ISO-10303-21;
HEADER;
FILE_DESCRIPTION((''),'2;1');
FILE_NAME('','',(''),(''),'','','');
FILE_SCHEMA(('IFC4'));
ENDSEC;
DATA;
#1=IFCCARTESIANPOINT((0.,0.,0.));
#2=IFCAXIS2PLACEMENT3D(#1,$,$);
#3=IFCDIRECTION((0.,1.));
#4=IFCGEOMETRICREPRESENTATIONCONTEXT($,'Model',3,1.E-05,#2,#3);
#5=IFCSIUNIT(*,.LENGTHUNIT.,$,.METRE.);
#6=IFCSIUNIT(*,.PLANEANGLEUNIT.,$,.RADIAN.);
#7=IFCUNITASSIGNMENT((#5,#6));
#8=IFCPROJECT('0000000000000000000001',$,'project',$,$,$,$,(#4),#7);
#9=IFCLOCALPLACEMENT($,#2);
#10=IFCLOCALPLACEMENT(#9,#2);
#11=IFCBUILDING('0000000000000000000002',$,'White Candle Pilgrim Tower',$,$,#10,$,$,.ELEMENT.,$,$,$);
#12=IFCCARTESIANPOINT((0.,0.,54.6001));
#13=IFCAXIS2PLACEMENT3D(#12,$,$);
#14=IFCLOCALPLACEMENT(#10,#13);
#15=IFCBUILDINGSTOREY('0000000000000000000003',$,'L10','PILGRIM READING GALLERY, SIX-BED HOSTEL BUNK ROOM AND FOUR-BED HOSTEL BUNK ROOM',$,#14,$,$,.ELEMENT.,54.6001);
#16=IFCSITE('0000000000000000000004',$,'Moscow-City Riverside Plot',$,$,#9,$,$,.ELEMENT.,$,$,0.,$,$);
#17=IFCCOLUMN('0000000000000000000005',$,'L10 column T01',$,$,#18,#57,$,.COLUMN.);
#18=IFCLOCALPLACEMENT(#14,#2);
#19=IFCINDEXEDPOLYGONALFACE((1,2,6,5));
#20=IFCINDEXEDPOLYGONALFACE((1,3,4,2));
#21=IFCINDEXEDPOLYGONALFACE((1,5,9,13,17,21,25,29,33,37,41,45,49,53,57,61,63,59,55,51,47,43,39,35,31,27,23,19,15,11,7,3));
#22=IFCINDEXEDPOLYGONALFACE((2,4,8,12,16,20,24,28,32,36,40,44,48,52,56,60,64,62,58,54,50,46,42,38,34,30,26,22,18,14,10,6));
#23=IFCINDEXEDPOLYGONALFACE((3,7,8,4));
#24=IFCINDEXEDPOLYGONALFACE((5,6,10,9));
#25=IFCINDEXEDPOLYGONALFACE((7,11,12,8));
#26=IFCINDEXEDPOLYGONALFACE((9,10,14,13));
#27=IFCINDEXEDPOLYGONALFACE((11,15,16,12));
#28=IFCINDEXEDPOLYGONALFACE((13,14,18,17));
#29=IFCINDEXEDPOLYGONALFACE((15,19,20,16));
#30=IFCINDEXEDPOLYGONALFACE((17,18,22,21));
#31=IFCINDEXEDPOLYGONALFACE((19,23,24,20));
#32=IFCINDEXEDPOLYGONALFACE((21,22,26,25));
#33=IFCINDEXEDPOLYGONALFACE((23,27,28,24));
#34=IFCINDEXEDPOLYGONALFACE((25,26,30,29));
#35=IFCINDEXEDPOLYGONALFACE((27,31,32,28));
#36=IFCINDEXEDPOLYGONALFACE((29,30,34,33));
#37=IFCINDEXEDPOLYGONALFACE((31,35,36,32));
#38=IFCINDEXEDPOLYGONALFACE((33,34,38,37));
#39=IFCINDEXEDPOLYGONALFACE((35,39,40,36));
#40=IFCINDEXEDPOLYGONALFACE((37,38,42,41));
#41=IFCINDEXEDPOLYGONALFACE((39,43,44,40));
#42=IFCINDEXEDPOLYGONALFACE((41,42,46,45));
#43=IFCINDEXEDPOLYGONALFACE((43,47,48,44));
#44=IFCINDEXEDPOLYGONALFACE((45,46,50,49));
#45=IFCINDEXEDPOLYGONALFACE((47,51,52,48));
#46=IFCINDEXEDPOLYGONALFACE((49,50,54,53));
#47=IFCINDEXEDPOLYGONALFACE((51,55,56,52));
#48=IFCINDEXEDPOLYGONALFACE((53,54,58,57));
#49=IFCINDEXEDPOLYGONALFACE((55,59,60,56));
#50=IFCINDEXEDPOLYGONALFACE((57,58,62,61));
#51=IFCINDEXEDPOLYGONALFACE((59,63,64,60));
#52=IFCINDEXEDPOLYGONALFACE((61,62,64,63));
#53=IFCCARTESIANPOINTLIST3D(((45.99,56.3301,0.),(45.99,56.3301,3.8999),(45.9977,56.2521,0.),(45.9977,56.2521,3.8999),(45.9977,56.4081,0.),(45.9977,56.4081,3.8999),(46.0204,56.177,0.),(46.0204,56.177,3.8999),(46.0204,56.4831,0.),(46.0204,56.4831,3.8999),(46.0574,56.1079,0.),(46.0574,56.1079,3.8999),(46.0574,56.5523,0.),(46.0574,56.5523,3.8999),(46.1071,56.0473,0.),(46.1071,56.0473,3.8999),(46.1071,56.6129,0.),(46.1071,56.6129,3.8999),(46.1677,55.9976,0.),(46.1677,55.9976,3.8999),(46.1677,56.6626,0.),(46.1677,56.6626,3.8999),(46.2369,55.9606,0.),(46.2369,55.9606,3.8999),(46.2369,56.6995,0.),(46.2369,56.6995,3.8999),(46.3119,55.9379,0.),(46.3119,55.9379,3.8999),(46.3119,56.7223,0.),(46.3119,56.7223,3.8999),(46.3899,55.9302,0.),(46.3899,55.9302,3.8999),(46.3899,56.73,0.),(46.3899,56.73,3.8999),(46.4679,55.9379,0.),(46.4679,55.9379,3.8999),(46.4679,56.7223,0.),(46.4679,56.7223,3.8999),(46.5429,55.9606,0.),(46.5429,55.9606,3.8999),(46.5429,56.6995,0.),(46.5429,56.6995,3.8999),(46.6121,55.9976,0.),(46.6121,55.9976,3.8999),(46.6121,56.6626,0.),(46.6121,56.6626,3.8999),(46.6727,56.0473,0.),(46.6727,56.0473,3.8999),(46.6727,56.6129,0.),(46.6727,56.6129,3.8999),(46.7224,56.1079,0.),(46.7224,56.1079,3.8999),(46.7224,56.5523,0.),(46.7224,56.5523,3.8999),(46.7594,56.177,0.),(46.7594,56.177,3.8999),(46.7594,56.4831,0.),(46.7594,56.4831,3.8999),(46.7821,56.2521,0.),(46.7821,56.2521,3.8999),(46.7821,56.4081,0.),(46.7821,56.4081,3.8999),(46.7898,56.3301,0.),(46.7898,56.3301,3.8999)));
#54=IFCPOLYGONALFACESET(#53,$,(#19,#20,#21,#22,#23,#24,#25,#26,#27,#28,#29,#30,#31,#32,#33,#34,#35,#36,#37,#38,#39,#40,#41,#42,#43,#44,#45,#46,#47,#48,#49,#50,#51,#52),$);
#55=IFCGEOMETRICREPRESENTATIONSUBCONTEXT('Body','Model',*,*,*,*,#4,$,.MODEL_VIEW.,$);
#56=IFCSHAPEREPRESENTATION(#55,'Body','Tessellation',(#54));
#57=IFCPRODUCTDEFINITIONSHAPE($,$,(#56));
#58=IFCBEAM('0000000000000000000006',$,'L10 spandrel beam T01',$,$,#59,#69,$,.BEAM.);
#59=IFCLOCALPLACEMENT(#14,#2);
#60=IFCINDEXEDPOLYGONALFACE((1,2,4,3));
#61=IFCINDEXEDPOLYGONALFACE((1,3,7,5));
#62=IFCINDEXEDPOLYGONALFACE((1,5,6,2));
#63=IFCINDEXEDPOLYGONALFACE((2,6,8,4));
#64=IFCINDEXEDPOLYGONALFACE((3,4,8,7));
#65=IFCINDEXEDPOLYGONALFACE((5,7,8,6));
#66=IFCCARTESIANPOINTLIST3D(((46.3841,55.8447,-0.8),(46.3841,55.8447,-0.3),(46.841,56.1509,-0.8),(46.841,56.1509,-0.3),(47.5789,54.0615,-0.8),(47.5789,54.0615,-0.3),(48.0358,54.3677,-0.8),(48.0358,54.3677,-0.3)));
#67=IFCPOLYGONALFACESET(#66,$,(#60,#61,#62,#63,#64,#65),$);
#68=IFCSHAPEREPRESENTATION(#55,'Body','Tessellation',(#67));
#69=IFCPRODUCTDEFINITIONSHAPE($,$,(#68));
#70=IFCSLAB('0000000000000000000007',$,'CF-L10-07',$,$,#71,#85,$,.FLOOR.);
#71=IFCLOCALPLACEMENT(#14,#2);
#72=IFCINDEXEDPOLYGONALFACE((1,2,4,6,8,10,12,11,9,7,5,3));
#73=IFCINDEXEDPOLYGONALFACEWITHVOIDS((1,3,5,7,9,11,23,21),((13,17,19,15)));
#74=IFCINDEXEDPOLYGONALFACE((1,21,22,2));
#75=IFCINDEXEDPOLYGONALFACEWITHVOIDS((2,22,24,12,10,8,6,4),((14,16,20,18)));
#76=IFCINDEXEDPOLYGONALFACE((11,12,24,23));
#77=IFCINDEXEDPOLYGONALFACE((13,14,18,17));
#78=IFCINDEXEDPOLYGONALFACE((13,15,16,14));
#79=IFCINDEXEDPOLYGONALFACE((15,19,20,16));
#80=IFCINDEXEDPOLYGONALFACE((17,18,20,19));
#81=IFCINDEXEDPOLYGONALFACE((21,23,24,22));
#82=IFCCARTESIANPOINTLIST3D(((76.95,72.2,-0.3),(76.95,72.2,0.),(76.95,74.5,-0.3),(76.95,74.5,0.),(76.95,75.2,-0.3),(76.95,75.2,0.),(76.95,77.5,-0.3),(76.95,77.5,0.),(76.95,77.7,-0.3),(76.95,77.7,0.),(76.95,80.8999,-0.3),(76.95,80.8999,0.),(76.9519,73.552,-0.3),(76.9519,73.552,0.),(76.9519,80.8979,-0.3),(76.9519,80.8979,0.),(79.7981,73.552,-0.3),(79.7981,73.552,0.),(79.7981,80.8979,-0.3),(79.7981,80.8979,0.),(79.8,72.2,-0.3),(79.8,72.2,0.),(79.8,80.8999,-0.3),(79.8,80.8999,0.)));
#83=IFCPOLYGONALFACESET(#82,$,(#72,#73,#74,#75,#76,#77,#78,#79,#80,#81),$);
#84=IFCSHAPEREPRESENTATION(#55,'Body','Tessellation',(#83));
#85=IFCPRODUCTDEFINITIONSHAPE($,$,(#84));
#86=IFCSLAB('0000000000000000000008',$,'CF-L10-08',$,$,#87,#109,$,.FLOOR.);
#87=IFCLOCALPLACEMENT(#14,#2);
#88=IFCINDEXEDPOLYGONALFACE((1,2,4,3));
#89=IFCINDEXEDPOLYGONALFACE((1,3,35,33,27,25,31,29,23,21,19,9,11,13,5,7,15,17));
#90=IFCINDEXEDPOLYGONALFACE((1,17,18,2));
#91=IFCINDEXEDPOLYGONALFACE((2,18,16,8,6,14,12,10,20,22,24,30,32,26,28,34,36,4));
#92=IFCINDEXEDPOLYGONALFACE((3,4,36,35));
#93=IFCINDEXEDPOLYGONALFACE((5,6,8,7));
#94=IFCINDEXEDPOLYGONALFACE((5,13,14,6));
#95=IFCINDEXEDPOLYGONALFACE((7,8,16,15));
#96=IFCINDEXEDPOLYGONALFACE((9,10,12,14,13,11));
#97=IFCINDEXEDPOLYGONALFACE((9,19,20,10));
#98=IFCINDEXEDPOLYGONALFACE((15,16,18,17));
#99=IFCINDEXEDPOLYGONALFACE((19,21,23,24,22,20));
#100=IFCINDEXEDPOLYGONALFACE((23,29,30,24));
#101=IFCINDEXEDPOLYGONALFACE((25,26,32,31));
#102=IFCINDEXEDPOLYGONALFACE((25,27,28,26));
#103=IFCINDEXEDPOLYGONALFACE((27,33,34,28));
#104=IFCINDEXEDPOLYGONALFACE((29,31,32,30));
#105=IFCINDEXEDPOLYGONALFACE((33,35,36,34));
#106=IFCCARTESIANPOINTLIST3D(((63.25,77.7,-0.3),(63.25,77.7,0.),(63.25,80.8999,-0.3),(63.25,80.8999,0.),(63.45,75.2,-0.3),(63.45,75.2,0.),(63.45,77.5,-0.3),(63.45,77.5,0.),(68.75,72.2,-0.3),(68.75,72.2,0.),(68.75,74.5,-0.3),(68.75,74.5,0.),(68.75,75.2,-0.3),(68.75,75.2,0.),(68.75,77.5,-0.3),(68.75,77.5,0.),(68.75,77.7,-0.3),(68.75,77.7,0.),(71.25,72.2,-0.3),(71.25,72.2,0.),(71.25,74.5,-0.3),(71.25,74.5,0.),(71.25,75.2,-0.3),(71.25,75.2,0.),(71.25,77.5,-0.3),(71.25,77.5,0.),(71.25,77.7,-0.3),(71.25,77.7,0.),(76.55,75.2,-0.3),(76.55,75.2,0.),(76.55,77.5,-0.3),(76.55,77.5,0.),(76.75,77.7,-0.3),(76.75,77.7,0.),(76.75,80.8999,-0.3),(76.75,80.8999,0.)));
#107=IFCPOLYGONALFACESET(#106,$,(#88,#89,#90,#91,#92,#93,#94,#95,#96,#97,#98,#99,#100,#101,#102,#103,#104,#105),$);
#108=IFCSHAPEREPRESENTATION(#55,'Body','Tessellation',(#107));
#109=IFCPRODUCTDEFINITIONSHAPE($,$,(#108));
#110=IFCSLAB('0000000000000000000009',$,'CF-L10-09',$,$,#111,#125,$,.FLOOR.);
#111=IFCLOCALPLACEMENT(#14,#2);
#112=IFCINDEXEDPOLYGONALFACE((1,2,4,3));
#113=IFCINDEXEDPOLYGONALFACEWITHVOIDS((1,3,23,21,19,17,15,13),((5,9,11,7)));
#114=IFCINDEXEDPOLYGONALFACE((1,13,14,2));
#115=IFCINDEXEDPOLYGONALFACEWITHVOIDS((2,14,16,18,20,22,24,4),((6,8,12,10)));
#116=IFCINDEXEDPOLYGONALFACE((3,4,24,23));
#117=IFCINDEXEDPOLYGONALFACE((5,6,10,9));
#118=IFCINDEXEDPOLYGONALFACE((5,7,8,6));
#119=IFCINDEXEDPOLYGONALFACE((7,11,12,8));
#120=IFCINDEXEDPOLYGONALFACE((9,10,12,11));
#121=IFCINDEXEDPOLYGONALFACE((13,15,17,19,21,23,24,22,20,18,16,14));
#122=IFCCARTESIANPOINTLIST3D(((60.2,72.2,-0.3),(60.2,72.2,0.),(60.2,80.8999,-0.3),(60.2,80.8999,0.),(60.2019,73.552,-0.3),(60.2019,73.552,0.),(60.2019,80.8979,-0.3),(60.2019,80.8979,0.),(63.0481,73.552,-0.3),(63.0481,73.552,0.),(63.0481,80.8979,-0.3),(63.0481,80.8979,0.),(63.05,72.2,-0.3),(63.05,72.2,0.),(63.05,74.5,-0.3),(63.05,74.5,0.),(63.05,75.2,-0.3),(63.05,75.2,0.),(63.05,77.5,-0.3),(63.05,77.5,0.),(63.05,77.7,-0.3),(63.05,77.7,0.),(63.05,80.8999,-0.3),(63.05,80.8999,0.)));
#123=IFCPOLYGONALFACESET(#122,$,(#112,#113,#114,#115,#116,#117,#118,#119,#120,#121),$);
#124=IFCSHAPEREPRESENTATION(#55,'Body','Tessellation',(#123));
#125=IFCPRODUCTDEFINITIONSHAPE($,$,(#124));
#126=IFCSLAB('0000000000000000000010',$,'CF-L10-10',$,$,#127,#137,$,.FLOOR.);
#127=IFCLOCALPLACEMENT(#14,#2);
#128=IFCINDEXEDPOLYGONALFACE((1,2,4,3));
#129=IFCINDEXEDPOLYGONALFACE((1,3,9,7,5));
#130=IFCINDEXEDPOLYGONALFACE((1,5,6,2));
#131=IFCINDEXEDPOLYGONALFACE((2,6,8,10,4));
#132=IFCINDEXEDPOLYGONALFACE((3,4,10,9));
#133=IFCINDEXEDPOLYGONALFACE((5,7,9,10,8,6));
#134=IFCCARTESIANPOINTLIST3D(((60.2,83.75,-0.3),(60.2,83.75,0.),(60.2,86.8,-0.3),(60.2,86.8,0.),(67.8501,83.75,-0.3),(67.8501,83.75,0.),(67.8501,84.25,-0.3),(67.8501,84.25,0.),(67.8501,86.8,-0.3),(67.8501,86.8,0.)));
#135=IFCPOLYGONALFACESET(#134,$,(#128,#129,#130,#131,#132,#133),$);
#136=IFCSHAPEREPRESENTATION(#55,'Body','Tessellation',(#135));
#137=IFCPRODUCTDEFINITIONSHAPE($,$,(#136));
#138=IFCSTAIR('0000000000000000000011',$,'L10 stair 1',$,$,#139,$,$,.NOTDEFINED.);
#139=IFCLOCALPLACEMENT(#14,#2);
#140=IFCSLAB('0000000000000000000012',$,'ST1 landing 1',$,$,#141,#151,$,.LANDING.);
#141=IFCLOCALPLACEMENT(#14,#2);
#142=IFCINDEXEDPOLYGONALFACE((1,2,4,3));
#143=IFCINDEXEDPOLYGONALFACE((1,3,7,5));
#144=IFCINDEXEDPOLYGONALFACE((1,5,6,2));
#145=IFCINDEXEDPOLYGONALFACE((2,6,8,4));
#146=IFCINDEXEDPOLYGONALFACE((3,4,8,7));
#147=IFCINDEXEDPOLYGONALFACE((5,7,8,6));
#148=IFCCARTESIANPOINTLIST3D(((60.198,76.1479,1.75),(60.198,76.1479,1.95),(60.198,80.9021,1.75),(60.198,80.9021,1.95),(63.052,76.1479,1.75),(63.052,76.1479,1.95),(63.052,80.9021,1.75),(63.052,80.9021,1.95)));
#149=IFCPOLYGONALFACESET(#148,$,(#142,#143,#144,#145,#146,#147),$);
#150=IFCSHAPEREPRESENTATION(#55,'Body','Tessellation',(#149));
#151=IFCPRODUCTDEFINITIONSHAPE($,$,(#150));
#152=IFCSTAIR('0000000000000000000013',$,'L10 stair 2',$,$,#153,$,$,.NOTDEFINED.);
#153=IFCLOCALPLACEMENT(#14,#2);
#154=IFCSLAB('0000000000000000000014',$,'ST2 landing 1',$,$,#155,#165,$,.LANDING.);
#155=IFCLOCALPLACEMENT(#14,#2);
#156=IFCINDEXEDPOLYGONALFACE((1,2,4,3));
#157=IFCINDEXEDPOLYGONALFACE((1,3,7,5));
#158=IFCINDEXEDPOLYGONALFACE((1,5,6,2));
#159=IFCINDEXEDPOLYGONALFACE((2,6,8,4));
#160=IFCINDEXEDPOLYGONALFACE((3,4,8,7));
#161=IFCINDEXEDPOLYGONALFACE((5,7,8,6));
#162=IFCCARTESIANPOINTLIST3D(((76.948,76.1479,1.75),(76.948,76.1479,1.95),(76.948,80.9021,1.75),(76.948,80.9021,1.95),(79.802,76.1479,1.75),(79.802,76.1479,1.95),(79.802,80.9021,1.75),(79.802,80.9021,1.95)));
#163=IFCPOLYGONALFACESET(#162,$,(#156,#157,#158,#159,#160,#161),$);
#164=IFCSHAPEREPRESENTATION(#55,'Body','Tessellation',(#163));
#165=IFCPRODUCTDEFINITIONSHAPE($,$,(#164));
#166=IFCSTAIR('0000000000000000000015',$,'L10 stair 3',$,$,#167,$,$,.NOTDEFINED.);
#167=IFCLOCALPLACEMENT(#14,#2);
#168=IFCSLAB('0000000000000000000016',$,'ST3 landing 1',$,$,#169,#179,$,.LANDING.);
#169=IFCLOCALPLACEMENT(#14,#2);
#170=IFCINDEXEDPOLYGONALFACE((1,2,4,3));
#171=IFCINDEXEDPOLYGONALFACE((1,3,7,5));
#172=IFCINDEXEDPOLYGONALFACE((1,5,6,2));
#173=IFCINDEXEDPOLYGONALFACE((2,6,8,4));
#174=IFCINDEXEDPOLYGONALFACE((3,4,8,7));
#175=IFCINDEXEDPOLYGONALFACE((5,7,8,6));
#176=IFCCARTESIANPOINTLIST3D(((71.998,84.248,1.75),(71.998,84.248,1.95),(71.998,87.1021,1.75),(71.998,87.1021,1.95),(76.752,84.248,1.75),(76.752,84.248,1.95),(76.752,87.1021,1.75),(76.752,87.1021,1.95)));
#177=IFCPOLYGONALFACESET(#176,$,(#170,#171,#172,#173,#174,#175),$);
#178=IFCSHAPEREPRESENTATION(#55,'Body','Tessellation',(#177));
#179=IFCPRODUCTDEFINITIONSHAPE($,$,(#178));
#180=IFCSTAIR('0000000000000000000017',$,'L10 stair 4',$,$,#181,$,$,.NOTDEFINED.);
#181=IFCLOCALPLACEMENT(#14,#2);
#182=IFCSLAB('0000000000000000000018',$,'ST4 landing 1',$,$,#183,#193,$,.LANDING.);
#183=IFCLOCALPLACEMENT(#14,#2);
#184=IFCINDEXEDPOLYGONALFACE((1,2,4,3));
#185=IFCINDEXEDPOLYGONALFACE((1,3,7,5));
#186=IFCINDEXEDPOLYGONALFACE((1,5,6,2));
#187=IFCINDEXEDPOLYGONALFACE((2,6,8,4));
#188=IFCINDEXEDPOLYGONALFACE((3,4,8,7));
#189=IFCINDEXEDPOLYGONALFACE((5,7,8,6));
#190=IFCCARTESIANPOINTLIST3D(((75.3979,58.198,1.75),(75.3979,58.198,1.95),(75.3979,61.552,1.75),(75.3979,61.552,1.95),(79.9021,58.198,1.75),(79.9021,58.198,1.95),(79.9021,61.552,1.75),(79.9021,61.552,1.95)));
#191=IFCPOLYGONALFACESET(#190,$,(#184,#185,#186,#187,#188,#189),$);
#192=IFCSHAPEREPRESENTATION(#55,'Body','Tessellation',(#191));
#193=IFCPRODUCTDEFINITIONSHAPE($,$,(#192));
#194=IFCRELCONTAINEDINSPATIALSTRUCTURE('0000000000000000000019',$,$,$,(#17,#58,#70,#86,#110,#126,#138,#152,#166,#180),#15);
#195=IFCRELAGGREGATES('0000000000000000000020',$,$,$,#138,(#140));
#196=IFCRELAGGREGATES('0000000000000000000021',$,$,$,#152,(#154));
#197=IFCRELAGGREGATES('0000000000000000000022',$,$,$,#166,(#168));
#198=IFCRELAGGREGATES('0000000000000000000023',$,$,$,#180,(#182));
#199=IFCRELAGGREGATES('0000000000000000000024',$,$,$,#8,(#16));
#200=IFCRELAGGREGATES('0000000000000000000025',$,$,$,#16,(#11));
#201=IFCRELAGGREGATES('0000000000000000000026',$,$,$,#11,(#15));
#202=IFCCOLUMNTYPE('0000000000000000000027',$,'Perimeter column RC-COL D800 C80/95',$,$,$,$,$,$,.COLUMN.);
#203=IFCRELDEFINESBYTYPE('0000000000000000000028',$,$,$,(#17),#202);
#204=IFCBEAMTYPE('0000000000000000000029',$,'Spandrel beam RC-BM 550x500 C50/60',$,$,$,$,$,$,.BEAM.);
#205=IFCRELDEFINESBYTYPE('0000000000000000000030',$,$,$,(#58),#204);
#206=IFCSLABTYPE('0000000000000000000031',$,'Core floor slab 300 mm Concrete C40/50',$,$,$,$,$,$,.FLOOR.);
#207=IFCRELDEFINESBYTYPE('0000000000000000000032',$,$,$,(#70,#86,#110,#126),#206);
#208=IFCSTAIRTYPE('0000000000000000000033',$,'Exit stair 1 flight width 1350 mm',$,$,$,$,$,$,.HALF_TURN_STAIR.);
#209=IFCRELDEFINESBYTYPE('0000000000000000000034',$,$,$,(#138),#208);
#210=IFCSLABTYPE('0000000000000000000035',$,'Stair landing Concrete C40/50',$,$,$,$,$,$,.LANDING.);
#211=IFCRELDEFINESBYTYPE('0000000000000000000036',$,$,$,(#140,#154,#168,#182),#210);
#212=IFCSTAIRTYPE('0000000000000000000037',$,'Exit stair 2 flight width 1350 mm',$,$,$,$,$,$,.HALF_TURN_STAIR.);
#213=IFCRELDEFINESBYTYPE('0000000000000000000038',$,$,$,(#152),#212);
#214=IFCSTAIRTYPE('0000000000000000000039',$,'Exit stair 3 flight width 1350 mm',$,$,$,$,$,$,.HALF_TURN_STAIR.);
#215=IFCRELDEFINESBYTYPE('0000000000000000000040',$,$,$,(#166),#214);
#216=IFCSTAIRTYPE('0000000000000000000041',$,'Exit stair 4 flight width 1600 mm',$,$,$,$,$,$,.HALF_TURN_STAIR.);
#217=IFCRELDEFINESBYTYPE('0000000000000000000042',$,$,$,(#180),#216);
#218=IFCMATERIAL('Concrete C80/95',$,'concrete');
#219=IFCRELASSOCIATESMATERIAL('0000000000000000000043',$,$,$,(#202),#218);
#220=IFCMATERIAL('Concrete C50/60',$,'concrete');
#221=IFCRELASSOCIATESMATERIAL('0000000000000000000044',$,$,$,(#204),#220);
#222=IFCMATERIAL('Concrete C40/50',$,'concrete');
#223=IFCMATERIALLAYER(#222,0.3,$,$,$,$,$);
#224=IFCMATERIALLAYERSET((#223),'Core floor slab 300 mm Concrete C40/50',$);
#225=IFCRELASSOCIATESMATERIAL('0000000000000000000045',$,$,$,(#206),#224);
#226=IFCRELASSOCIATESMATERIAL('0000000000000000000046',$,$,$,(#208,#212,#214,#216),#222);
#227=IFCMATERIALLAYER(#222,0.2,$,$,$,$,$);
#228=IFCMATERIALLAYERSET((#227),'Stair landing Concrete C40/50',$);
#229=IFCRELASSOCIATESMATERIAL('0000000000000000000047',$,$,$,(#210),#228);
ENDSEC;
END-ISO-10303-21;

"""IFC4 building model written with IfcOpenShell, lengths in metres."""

from ifc_helpers import new_model, si_unit, direction, frame, origin, origin_2d, place, context, subcontext, project, spatial, polyline, rectangle, circle, outline, extrude, material, layer, layer_set, material_profile, profile_set, type_object, element, aggregate, save


model = new_model("IFC4")

# Units and contexts
model_context = context("Model", 3, precision=1e-05, world=origin(), true_north=direction((0.0, 1.0)))
body_context = subcontext(model_context, "Body", "Model", "MODEL_VIEW")
ifc_project = project(units=[si_unit("LENGTHUNIT", "METRE"), si_unit("PLANEANGLEUNIT", "RADIAN")], contexts=[model_context])

# Site, building, storey
site_placement = place(None, origin())
site = spatial("IfcSite", under=ifc_project, at=site_placement, Name="Moscow-City Riverside Plot", CompositionType="ELEMENT", RefElevation=0.0)
building_placement = place(site_placement, origin())
building = spatial("IfcBuilding", under=site, at=building_placement, Name="White Candle Pilgrim Tower", CompositionType="ELEMENT")
storey_placement = place(building_placement, frame((0.0, 0.0, 54.6001)))
storey = spatial("IfcBuildingStorey", under=building, at=storey_placement, Name="L10", Description="PILGRIM READING GALLERY, SIX-BED HOSTEL BUNK ROOM AND FOUR-BED HOSTEL BUNK ROOM", CompositionType="ELEMENT", Elevation=54.6001)

# Column
ifc_material_1 = material(Name="Concrete C80/95", Category="concrete")
ifc_material_profile_1 = material_profile(ifc_material_1, circle(Radius=0.3999, at=origin_2d()), Name="RC-COL D800")
ifc_profile_set_1 = profile_set([ifc_material_profile_1], Name="Concrete C80/95")
column_type = type_object("IfcColumnType", Name="Perimeter column RC-COL D800 C80/95", PredefinedType="COLUMN", material=ifc_profile_set_1)
column_placement = place(storey_placement, frame((46.3899, 56.3301, 0.0), z_axis=(0.0, 0.0, 1.0), x_axis=(1.0, 0.0, 0.0)))
element("IfcColumn", 1, at=column_placement, inside=storey, type_object=column_type, Name="L10 column T01", PredefinedType="COLUMN", context=body_context, shape_type="SweptSolid", body=[
    extrude(circle(Radius=0.3999, at=origin_2d()), origin(), (0.0, 0.0, 1.0), 3.8999),
])

# Beam
ifc_material_2 = material(Name="Concrete C50/60", Category="concrete")
ifc_material_profile_2 = material_profile(ifc_material_2, rectangle(XDim=0.55, YDim=0.5, at=origin_2d()), Name="RC-BM 550x500")
ifc_profile_set_2 = profile_set([ifc_material_profile_2], Name="Concrete C50/60")
beam_type = type_object("IfcBeamType", Name="Spandrel beam RC-BM 550x500 C50/60", PredefinedType="BEAM", material=ifc_profile_set_2)
beam_placement = place(storey_placement, frame((46.6125, 55.9978, -0.55), z_axis=(0.556641, -0.830753, 0.0), x_axis=(0.830753, 0.556641, 0.0)))
element("IfcBeam", 2, at=beam_placement, inside=storey, type_object=beam_type, Name="L10 spandrel beam T01", PredefinedType="BEAM", context=body_context, shape_type="SweptSolid", body=[
    extrude(rectangle(XDim=0.55, YDim=0.5, at=origin_2d()), origin(), (0.0, 0.0, 1.0), 2.1465),
])

# Slabs
ifc_material_3 = material(Name="Concrete C40/50", Category="concrete")
ifc_layer_1 = layer(ifc_material_3, 0.3)
ifc_layer_set_1 = layer_set([ifc_layer_1], Name="Core floor slab 300 mm Concrete C40/50")
slab_type_1 = type_object("IfcSlabType", Name="Core floor slab 300 mm Concrete C40/50", PredefinedType="FLOOR", material=ifc_layer_set_1)
slab_1_placement = place(storey_placement, frame((0.0, 0.0, -0.3)))
element("IfcSlab", 3, at=slab_1_placement, inside=storey, type_object=slab_type_1, Name="CF-L10-07", PredefinedType="FLOOR", context=body_context, shape_type="SweptSolid", body=[
    extrude(outline(polyline([(79.8, 72.2), (76.95, 72.2), (76.95, 74.5), (76.95, 75.2), (76.95, 77.5), (76.95, 77.7), (76.95, 80.8999), (79.8, 80.8999), (79.8, 72.2)]), holes=[polyline([(76.9519, 73.552), (79.7981, 73.552), (79.7981, 80.8979), (76.9519, 80.8979), (76.9519, 73.552)])]), origin(), (0.0, 0.0, 1.0), 0.3),
])
slab_2_placement = place(storey_placement, frame((0.0, 0.0, -0.3)))
element("IfcSlab", 4, at=slab_2_placement, inside=storey, type_object=slab_type_1, Name="CF-L10-08", PredefinedType="FLOOR", context=body_context, shape_type="SweptSolid", body=[
    extrude(outline(polyline([(68.75, 72.2), (68.75, 74.5), (68.75, 75.2), (63.45, 75.2), (63.45, 77.5), (68.75, 77.5), (68.75, 77.7), (63.25, 77.7), (63.25, 80.8999), (76.75, 80.8999), (76.75, 77.7), (71.25, 77.7), (71.25, 77.5), (76.55, 77.5), (76.55, 75.2), (71.25, 75.2), (71.25, 74.5), (71.25, 72.2), (68.75, 72.2)])), origin(), (0.0, 0.0, 1.0), 0.3),
])
slab_3_placement = place(storey_placement, frame((0.0, 0.0, -0.3)))
element("IfcSlab", 5, at=slab_3_placement, inside=storey, type_object=slab_type_1, Name="CF-L10-09", PredefinedType="FLOOR", context=body_context, shape_type="SweptSolid", body=[
    extrude(outline(polyline([(60.2, 72.2), (60.2, 80.8999), (63.05, 80.8999), (63.05, 77.7), (63.05, 77.5), (63.05, 75.2), (63.05, 74.5), (63.05, 72.2), (60.2, 72.2)]), holes=[polyline([(60.2019, 73.552), (63.0481, 73.552), (63.0481, 80.8979), (60.2019, 80.8979), (60.2019, 73.552)])]), origin(), (0.0, 0.0, 1.0), 0.3),
])
slab_4_placement = place(storey_placement, frame((0.0, 0.0, -0.3)))
element("IfcSlab", 6, at=slab_4_placement, inside=storey, type_object=slab_type_1, Name="CF-L10-10", PredefinedType="FLOOR", context=body_context, shape_type="SweptSolid", body=[
    extrude(outline(polyline([(60.2, 86.8), (67.8501, 86.8), (67.8501, 84.25), (67.8501, 83.75), (60.2, 83.75), (60.2, 86.8)])), origin(), (0.0, 0.0, 1.0), 0.3),
])

# Stairs, slabs
stair_type_1 = type_object("IfcStairType", Name="Exit stair 1 flight width 1350 mm", PredefinedType="HALF_TURN_STAIR", material=ifc_material_3)
stair_1_placement = place(storey_placement, origin())
stair_1 = element("IfcStair", 7, at=stair_1_placement, inside=storey, type_object=stair_type_1, Name="L10 stair 1", PredefinedType="NOTDEFINED")
ifc_layer_2 = layer(ifc_material_3, 0.2)
ifc_layer_set_2 = layer_set([ifc_layer_2], Name="Stair landing Concrete C40/50")
slab_type_2 = type_object("IfcSlabType", Name="Stair landing Concrete C40/50", PredefinedType="LANDING", material=ifc_layer_set_2)
slab_5_placement = place(storey_placement, frame((0.0, 0.0, 1.75)))
slab_5 = element("IfcSlab", 8, at=slab_5_placement, type_object=slab_type_2, Name="ST1 landing 1", PredefinedType="LANDING", context=body_context, shape_type="SweptSolid", body=[
    extrude(outline(polyline([(63.052, 76.1479), (60.198, 76.1479), (60.198, 80.9021), (63.052, 80.9021), (63.052, 76.1479)])), origin(), (0.0, 0.0, 1.0), 0.2),
])
aggregate(stair_1, [slab_5])
stair_type_2 = type_object("IfcStairType", Name="Exit stair 2 flight width 1350 mm", PredefinedType="HALF_TURN_STAIR", material=ifc_material_3)
stair_2_placement = place(storey_placement, origin())
stair_2 = element("IfcStair", 9, at=stair_2_placement, inside=storey, type_object=stair_type_2, Name="L10 stair 2", PredefinedType="NOTDEFINED")
slab_6_placement = place(storey_placement, frame((0.0, 0.0, 1.75)))
slab_6 = element("IfcSlab", 10, at=slab_6_placement, type_object=slab_type_2, Name="ST2 landing 1", PredefinedType="LANDING", context=body_context, shape_type="SweptSolid", body=[
    extrude(outline(polyline([(79.802, 76.1479), (76.948, 76.1479), (76.948, 80.9021), (79.802, 80.9021), (79.802, 76.1479)])), origin(), (0.0, 0.0, 1.0), 0.2),
])
aggregate(stair_2, [slab_6])
stair_type_3 = type_object("IfcStairType", Name="Exit stair 3 flight width 1350 mm", PredefinedType="HALF_TURN_STAIR", material=ifc_material_3)
stair_3_placement = place(storey_placement, origin())
stair_3 = element("IfcStair", 11, at=stair_3_placement, inside=storey, type_object=stair_type_3, Name="L10 stair 3", PredefinedType="NOTDEFINED")
slab_7_placement = place(storey_placement, frame((0.0, 0.0, 1.75)))
slab_7 = element("IfcSlab", 12, at=slab_7_placement, type_object=slab_type_2, Name="ST3 landing 1", PredefinedType="LANDING", context=body_context, shape_type="SweptSolid", body=[
    extrude(outline(polyline([(71.998, 84.248), (71.998, 87.1021), (76.752, 87.1021), (76.752, 84.248), (71.998, 84.248)])), origin(), (0.0, 0.0, 1.0), 0.2),
])
aggregate(stair_3, [slab_7])
stair_type_4 = type_object("IfcStairType", Name="Exit stair 4 flight width 1600 mm", PredefinedType="HALF_TURN_STAIR", material=ifc_material_3)
stair_4_placement = place(storey_placement, origin())
stair_4 = element("IfcStair", 13, at=stair_4_placement, inside=storey, type_object=stair_type_4, Name="L10 stair 4", PredefinedType="NOTDEFINED")
slab_8_placement = place(storey_placement, frame((0.0, 0.0, 1.75)))
slab_8 = element("IfcSlab", 14, at=slab_8_placement, type_object=slab_type_2, Name="ST4 landing 1", PredefinedType="LANDING", context=body_context, shape_type="SweptSolid", body=[
    extrude(outline(polyline([(79.9021, 61.552), (79.9021, 58.198), (75.3979, 58.198), (75.3979, 61.552), (79.9021, 61.552)])), origin(), (0.0, 0.0, 1.0), 0.2),
])
aggregate(stair_4, [slab_8])

save(model, "model.ifc")
